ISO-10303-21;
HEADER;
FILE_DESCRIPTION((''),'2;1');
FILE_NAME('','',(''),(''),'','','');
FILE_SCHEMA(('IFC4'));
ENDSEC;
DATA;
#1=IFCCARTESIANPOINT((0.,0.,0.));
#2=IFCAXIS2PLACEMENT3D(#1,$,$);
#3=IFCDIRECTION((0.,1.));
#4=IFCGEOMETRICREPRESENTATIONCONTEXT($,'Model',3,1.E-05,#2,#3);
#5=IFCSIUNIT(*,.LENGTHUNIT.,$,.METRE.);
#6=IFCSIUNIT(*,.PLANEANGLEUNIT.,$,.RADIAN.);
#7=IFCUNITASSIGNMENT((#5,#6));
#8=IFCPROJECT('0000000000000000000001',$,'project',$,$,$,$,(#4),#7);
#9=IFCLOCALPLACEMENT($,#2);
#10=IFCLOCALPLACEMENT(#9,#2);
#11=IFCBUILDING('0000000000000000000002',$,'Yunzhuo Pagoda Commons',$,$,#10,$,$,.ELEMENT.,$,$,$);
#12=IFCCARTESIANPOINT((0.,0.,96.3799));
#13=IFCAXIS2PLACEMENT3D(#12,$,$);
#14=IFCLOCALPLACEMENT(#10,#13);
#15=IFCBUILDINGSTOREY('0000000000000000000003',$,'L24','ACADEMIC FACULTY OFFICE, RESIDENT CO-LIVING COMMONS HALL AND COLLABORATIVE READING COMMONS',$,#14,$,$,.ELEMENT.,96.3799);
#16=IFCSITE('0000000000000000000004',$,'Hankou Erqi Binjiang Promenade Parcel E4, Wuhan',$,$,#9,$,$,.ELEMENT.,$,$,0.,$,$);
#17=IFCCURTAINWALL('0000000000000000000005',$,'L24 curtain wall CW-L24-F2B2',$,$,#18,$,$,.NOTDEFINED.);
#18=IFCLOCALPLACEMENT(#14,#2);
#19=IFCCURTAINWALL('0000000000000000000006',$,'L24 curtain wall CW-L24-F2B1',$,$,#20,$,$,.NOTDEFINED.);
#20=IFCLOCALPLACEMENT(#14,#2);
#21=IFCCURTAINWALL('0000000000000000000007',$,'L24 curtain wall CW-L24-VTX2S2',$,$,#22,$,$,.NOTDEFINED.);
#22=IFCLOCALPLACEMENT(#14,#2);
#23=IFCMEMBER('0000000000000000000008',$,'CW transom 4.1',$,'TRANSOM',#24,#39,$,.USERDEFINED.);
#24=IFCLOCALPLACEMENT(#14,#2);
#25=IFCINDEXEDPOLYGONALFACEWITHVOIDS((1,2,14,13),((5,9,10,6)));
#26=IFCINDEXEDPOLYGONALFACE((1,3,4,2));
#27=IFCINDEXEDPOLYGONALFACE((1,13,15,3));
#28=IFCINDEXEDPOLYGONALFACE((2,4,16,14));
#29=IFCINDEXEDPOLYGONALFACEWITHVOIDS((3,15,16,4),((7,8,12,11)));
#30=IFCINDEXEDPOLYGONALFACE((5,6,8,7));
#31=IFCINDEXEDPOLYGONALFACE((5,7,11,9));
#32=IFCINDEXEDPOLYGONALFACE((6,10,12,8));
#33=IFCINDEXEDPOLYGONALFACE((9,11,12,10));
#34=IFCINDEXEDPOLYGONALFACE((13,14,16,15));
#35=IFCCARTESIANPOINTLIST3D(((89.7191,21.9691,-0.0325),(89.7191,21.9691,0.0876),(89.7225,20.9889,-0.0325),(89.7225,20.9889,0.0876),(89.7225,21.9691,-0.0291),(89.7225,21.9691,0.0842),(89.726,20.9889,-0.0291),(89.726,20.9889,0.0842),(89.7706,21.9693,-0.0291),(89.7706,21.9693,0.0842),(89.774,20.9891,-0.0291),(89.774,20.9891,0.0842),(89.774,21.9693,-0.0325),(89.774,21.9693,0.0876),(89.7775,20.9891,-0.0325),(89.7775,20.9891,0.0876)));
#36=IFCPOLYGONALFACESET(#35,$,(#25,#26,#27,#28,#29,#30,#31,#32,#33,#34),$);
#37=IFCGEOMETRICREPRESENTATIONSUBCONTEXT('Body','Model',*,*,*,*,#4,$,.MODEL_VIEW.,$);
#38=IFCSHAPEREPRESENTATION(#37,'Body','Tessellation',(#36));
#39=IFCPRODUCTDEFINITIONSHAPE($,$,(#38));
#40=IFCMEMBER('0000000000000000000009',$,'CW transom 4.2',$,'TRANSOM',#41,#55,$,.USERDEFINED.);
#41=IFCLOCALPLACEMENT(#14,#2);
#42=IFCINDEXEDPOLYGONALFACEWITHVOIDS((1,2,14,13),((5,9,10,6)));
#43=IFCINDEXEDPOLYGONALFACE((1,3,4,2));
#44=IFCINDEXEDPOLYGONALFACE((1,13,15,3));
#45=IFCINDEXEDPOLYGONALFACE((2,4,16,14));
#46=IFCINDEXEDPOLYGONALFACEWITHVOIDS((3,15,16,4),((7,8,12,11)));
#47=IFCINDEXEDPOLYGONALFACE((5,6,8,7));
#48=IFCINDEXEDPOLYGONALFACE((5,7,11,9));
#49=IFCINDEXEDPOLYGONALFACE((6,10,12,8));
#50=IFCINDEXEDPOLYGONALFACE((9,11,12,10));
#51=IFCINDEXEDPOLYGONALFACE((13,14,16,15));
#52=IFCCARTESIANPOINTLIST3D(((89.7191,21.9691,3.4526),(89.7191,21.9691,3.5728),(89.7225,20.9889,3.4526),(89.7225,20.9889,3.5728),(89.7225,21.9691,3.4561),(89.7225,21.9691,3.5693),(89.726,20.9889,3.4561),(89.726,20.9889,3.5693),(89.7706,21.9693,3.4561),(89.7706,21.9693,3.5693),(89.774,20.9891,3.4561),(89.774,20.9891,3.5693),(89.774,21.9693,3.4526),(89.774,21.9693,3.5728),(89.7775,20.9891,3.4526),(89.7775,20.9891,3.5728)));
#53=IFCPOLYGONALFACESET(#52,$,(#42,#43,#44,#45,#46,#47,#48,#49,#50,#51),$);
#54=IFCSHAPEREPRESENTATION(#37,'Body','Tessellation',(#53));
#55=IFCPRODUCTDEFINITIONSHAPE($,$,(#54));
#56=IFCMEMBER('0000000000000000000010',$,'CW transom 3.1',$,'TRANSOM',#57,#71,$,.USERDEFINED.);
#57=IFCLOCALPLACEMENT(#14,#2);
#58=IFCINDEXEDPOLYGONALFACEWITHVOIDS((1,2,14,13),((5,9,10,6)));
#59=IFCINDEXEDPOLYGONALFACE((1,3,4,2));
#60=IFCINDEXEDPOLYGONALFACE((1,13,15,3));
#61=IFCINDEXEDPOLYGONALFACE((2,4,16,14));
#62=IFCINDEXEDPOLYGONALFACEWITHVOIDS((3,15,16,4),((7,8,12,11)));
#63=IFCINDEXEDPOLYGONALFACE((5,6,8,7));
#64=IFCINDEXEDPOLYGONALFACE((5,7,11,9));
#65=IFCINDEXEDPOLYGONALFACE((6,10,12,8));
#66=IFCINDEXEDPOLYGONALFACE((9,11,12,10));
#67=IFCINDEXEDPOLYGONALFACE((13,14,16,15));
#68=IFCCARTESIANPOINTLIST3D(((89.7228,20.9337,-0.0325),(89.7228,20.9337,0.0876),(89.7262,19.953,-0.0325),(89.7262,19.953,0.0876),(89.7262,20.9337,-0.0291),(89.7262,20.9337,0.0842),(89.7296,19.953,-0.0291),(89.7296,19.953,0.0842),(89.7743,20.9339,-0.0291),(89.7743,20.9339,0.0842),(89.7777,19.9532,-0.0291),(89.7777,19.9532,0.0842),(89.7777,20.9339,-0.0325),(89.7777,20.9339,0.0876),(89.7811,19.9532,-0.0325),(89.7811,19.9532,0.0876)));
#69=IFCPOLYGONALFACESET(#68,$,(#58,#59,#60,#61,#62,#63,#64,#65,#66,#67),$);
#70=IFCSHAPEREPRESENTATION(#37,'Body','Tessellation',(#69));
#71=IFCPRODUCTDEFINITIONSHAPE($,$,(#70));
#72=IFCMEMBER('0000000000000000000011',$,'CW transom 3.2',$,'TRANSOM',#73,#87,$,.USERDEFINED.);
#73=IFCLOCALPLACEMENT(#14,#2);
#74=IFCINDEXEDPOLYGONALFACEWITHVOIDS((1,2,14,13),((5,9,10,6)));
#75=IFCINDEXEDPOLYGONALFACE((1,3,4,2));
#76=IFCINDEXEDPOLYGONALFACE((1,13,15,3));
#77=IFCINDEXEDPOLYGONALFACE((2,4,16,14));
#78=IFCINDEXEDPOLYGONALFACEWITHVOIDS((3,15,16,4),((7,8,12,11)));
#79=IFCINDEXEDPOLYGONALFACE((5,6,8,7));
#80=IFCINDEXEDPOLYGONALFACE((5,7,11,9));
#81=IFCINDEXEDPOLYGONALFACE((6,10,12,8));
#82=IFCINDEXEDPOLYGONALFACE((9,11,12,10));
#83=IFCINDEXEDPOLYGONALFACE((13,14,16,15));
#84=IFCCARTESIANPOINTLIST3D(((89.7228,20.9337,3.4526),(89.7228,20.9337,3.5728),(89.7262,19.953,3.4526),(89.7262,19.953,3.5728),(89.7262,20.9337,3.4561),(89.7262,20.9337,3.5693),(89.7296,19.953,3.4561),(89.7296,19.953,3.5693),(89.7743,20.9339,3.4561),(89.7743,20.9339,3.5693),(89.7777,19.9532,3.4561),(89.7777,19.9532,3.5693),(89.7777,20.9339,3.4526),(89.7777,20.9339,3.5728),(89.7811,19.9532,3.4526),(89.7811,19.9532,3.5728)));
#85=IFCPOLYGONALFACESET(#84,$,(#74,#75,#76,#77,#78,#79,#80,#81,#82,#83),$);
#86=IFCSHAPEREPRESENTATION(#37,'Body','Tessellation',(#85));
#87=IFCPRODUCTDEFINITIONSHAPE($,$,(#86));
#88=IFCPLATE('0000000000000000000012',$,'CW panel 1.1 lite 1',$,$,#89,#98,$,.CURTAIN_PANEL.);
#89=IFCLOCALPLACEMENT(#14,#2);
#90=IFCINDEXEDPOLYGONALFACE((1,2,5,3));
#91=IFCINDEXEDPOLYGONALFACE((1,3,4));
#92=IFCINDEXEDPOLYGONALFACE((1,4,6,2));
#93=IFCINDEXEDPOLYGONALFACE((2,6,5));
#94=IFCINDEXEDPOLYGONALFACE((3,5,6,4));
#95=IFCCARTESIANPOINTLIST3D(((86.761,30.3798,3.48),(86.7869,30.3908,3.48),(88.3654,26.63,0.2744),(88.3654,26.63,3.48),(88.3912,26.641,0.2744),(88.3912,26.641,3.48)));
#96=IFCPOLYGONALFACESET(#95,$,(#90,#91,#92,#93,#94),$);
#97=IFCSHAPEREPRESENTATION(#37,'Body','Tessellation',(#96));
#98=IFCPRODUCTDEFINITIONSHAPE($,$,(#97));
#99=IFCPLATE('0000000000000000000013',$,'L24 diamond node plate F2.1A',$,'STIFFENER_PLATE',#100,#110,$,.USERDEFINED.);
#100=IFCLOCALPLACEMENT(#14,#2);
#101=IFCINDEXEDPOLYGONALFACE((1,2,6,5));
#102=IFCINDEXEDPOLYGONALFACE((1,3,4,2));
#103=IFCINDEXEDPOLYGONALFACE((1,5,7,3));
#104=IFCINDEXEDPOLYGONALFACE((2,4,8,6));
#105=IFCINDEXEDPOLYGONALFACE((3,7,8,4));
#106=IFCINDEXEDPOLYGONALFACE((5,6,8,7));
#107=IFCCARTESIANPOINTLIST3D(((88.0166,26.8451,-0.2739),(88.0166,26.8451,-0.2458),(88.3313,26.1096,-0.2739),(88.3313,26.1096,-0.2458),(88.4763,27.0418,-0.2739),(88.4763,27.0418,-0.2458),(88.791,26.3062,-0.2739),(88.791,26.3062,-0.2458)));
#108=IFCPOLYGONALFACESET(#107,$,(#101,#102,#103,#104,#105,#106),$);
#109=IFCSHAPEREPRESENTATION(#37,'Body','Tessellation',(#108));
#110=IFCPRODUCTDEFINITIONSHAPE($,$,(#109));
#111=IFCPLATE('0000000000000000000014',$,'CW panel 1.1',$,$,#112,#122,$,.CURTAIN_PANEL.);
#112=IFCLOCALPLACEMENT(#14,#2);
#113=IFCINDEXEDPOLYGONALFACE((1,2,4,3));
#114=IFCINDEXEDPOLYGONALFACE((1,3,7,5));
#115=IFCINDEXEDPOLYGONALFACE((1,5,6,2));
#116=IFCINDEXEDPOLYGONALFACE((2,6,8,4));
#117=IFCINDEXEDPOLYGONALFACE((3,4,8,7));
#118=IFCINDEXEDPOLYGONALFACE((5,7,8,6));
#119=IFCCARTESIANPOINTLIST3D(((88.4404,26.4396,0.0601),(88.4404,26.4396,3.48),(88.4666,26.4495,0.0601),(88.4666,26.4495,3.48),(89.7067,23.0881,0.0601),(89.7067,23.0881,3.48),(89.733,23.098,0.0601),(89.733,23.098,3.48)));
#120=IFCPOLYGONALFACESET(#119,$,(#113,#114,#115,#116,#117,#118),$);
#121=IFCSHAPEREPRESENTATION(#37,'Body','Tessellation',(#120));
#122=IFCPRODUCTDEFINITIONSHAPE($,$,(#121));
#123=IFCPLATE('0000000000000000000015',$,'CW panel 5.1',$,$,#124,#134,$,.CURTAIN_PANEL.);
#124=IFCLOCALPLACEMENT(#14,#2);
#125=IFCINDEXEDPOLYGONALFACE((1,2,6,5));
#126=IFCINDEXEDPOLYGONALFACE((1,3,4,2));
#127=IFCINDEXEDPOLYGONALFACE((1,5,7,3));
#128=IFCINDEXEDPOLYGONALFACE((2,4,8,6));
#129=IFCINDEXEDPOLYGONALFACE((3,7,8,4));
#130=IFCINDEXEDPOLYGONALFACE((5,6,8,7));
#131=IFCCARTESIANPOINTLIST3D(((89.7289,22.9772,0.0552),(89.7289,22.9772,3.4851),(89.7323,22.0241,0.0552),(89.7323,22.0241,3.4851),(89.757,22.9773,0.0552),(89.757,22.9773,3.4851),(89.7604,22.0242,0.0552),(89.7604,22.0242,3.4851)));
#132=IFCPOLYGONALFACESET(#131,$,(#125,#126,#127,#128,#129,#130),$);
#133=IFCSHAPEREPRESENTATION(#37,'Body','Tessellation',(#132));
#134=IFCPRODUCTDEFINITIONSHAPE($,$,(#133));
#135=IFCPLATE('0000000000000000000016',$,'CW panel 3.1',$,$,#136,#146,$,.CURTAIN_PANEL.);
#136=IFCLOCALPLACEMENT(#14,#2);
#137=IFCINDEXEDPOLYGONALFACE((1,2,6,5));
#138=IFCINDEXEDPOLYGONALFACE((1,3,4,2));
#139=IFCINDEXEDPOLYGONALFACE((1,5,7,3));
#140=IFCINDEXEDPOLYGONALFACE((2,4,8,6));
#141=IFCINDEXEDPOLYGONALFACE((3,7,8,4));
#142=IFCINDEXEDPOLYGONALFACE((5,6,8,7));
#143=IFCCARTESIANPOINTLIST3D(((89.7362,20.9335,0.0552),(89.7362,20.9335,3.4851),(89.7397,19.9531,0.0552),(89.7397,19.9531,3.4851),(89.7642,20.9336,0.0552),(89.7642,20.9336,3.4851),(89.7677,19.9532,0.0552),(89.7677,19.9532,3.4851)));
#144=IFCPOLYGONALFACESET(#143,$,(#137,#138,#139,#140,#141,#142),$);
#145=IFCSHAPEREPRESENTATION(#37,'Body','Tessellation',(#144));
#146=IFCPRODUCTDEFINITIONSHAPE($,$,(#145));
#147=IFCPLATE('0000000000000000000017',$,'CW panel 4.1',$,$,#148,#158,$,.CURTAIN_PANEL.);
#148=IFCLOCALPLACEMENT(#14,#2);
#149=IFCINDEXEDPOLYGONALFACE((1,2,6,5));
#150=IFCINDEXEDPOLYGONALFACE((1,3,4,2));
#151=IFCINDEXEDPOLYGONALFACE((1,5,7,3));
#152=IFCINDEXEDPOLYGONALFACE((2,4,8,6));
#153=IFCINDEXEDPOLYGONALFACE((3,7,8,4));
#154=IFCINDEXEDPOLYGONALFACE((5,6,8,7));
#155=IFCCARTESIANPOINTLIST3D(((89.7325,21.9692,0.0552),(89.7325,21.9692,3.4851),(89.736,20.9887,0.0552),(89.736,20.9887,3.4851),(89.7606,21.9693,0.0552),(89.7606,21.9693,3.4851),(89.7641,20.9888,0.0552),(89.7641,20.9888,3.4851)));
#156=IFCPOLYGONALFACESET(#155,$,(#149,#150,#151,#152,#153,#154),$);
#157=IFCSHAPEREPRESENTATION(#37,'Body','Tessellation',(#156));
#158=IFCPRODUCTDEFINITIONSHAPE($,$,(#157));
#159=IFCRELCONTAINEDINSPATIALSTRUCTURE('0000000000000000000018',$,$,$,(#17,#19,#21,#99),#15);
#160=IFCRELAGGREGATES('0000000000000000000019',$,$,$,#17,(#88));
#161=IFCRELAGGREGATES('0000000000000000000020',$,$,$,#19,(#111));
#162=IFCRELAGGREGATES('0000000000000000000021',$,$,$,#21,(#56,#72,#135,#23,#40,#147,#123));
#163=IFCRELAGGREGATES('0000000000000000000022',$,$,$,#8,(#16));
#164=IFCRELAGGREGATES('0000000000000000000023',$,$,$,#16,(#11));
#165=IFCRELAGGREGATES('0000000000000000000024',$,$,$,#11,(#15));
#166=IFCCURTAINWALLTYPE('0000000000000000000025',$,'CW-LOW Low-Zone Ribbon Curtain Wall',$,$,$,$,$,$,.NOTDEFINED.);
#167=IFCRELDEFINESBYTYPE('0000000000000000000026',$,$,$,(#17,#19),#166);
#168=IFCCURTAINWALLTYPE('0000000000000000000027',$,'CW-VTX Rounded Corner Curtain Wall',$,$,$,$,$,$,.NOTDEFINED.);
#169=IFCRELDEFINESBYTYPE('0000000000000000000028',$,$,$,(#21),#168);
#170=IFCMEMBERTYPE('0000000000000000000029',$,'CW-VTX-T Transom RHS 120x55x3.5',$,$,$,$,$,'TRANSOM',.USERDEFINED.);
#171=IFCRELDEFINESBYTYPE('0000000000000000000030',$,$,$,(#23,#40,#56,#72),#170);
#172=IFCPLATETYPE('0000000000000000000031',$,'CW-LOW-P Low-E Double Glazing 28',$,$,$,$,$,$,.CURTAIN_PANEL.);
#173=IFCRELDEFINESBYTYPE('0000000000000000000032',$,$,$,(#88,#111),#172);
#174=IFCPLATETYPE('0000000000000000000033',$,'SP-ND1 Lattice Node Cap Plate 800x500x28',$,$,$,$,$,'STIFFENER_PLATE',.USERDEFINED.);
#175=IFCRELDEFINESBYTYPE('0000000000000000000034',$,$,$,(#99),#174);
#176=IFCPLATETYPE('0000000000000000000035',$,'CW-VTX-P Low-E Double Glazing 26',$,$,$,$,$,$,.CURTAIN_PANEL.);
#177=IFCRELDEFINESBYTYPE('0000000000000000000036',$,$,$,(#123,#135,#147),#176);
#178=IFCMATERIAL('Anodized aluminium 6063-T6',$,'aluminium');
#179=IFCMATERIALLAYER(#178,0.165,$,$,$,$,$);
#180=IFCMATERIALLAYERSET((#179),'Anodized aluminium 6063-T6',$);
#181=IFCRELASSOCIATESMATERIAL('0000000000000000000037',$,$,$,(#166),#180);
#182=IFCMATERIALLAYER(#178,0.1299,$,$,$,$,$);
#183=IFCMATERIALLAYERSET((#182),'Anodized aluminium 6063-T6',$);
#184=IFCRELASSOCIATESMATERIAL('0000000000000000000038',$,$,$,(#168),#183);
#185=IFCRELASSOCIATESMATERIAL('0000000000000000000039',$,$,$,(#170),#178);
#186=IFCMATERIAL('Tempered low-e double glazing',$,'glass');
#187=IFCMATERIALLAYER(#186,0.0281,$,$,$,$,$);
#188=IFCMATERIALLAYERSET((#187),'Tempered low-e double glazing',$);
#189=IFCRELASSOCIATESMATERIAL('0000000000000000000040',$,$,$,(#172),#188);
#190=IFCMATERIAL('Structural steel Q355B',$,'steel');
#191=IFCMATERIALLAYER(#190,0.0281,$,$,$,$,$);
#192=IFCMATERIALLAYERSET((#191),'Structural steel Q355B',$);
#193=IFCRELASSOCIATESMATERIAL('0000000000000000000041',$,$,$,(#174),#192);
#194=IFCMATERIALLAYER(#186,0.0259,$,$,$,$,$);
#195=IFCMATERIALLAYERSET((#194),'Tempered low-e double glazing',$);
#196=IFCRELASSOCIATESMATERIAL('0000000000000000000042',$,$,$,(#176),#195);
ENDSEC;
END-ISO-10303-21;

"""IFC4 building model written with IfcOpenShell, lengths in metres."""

from ifc_helpers import new_model, si_unit, direction, frame, origin, origin_2d, place, context, subcontext, project, spatial, polyline, rectangle, hollow_rectangle, outline, extrude, source, transform, mapped, material, layer, layer_set, material_profile, profile_set, type_object, element, aggregate, save


model = new_model("IFC4")

# Units and contexts
model_context = context("Model", 3, precision=1e-05, world=origin(), true_north=direction((0.0, 1.0)))
body_context = subcontext(model_context, "Body", "Model", "MODEL_VIEW")
ifc_project = project(units=[si_unit("LENGTHUNIT", "METRE"), si_unit("PLANEANGLEUNIT", "RADIAN")], contexts=[model_context])

# Site, building, storey
site_placement = place(None, origin())
site = spatial("IfcSite", under=ifc_project, at=site_placement, Name="Hankou Erqi Binjiang Promenade Parcel E4, Wuhan", CompositionType="ELEMENT", RefElevation=0.0)
building_placement = place(site_placement, origin())
building = spatial("IfcBuilding", under=site, at=building_placement, Name="Yunzhuo Pagoda Commons", CompositionType="ELEMENT")
storey_placement = place(building_placement, frame((0.0, 0.0, 96.3799)))
storey = spatial("IfcBuildingStorey", under=building, at=storey_placement, Name="L24", Description="ACADEMIC FACULTY OFFICE, RESIDENT CO-LIVING COMMONS HALL AND COLLABORATIVE READING COMMONS", CompositionType="ELEMENT", Elevation=96.3799)

# Shared definitions
ifc_material_1 = material(Name="Structural steel Q355B", Category="steel")

# Curtain wall
ifc_material_2 = material(Name="Anodized aluminium 6063-T6", Category="aluminium")
ifc_layer_1 = layer(ifc_material_2, 0.165)
ifc_layer_set_1 = layer_set([ifc_layer_1], Name="Anodized aluminium 6063-T6")
curtain_wall_type_1 = type_object("IfcCurtainWallType", Name="CW-LOW Low-Zone Ribbon Curtain Wall", PredefinedType="NOTDEFINED", material=ifc_layer_set_1)
curtain_wall_1_placement = place(storey_placement, origin())
curtain_wall_1 = element("IfcCurtainWall", 1, at=curtain_wall_1_placement, inside=storey, type_object=curtain_wall_type_1, Name="L24 curtain wall CW-L24-F2B2", PredefinedType="NOTDEFINED")

# Curtain wall
curtain_wall_2_placement = place(storey_placement, origin())
curtain_wall_2 = element("IfcCurtainWall", 2, at=curtain_wall_2_placement, inside=storey, type_object=curtain_wall_type_1, Name="L24 curtain wall CW-L24-F2B1", PredefinedType="NOTDEFINED")

# Curtain wall, members
ifc_layer_2 = layer(ifc_material_2, 0.1299)
ifc_layer_set_2 = layer_set([ifc_layer_2], Name="Anodized aluminium 6063-T6")
curtain_wall_type_2 = type_object("IfcCurtainWallType", Name="CW-VTX Rounded Corner Curtain Wall", PredefinedType="NOTDEFINED", material=ifc_layer_set_2)
curtain_wall_3_placement = place(storey_placement, origin())
curtain_wall_3 = element("IfcCurtainWall", 3, at=curtain_wall_3_placement, inside=storey, type_object=curtain_wall_type_2, Name="L24 curtain wall CW-L24-VTX2S2", PredefinedType="NOTDEFINED")
ifc_material_profile_1 = material_profile(ifc_material_2, hollow_rectangle(XDim=0.0549, YDim=0.1201, WallThickness=0.0034, at=origin_2d()), Name="Anodized aluminium 6063-T6")
ifc_profile_set_1 = profile_set([ifc_material_profile_1], Name="Anodized aluminium 6063-T6")
member_type_1 = type_object("IfcMemberType", Name="CW-VTX-T Transom RHS 120x55x3.5", ElementType="TRANSOM", PredefinedType="USERDEFINED", material=ifc_profile_set_1)
shared_shape_1 = source(origin(), body_context, "Body", "SweptSolid", [
    extrude(hollow_rectangle(XDim=0.0549, YDim=0.1201, WallThickness=0.0034, at=origin_2d()), origin(), (0.0, 0.0, 1.0), 0.9802),
])
member_1_placement = place(storey_placement, frame((89.75, 20.989, 0.0276), z_axis=(-0.003487, 0.999994, 0.0), x_axis=(-0.999994, -0.003487, 0.0)))
member_1 = element("IfcMember", 4, at=member_1_placement, type_object=member_type_1, Name="CW transom 4.1", ObjectType="TRANSOM", PredefinedType="USERDEFINED", context=body_context, shape_type="MappedRepresentation", body=[
    mapped(shared_shape_1, transform((0.0, 0.0, 0.0), scale=1.0)),
])
member_2_placement = place(storey_placement, frame((89.75, 20.989, 3.5127), z_axis=(-0.003487, 0.999994, 0.0), x_axis=(-0.999994, -0.003487, 0.0)))
member_2 = element("IfcMember", 5, at=member_2_placement, type_object=member_type_1, Name="CW transom 4.2", ObjectType="TRANSOM", PredefinedType="USERDEFINED", context=body_context, shape_type="MappedRepresentation", body=[
    mapped(shared_shape_1, transform((0.0, 0.0, 0.0), scale=1.0)),
])
shared_shape_2 = source(origin(), body_context, "Body", "SweptSolid", [
    extrude(hollow_rectangle(XDim=0.0549, YDim=0.1201, WallThickness=0.0034, at=origin_2d()), origin(), (0.0, 0.0, 1.0), 0.9807),
])
member_3_placement = place(storey_placement, frame((89.7537, 19.9531, 0.0276), z_axis=(-0.003485, 0.999994, 0.0), x_axis=(-0.999994, -0.003485, 0.0)))
member_3 = element("IfcMember", 6, at=member_3_placement, type_object=member_type_1, Name="CW transom 3.1", ObjectType="TRANSOM", PredefinedType="USERDEFINED", context=body_context, shape_type="MappedRepresentation", body=[
    mapped(shared_shape_2, transform((0.0, 0.0, 0.0), scale=1.0)),
])
member_4_placement = place(storey_placement, frame((89.7537, 19.9531, 3.5127), z_axis=(-0.003485, 0.999994, 0.0), x_axis=(-0.999994, -0.003485, 0.0)))
member_4 = element("IfcMember", 7, at=member_4_placement, type_object=member_type_1, Name="CW transom 3.2", ObjectType="TRANSOM", PredefinedType="USERDEFINED", context=body_context, shape_type="MappedRepresentation", body=[
    mapped(shared_shape_2, transform((0.0, 0.0, 0.0), scale=1.0)),
])

# Plates
ifc_material_3 = material(Name="Tempered low-e double glazing", Category="glass")
ifc_layer_3 = layer(ifc_material_3, 0.0281)
ifc_layer_set_3 = layer_set([ifc_layer_3], Name="Tempered low-e double glazing")
plate_type_1 = type_object("IfcPlateType", Name="CW-LOW-P Low-E Double Glazing 28", PredefinedType="CURTAIN_PANEL", material=ifc_layer_set_3)
plate_1_placement = place(storey_placement, frame((87.5632, 28.5049, 1.8772), z_axis=(0.919383, 0.393364, 0.0), x_axis=(-0.393364, 0.919383, 0.0)))
plate_1 = element("IfcPlate", 8, at=plate_1_placement, type_object=plate_type_1, Name="CW panel 1.1 lite 1", PredefinedType="CURTAIN_PANEL", context=body_context, shape_type="SweptSolid", body=[
    extrude(outline(polyline([(-2.0393, -1.6028), (2.0393, 1.6028), (-2.0393, 1.6028), (-2.0393, -1.6028)])), origin(), (0.0, 0.0, 1.0), 0.0281),
])
aggregate(curtain_wall_1, [plate_1])
ifc_layer_4 = layer(ifc_material_1, 0.0281)
ifc_layer_set_4 = layer_set([ifc_layer_4], Name="Structural steel Q355B")
plate_type_2 = type_object("IfcPlateType", Name="SP-ND1 Lattice Node Cap Plate 800x500x28", ElementType="STIFFENER_PLATE", PredefinedType="USERDEFINED", material=ifc_layer_set_4)
shared_shape_3 = source(origin(), body_context, "Body", "SweptSolid", [
    extrude(rectangle(XDim=0.8, YDim=0.5, at=origin_2d()), origin(), (0.0, 0.0, 1.0), 0.0281),
])
plate_2_placement = place(storey_placement, frame((88.4038, 26.5757, -0.2739), z_axis=(0.0, 0.0, 1.0), x_axis=(-0.393364, 0.919383, 0.0)))
element("IfcPlate", 9, at=plate_2_placement, inside=storey, type_object=plate_type_2, Name="L24 diamond node plate F2.1A", ObjectType="STIFFENER_PLATE", PredefinedType="USERDEFINED", context=body_context, shape_type="MappedRepresentation", body=[
    mapped(shared_shape_3, transform((0.0, 0.0, 0.0), scale=1.0)),
])
shared_shape_4 = source(origin(), body_context, "Body", "SweptSolid", [
    extrude(rectangle(XDim=3.5828, YDim=0.0281, at=origin_2d()), origin(), (0.0, 0.0, 1.0), 3.4199),
])
plate_3_placement = place(storey_placement, frame((89.0867, 24.7688, 0.0601), z_axis=(0.0, 0.0, 1.0), x_axis=(-0.353448, 0.935454, 0.0)))
plate_3 = element("IfcPlate", 10, at=plate_3_placement, type_object=plate_type_1, Name="CW panel 1.1", PredefinedType="CURTAIN_PANEL", context=body_context, shape_type="MappedRepresentation", body=[
    mapped(shared_shape_4, transform((0.0, 0.0, 0.0), scale=1.0)),
])
aggregate(curtain_wall_2, [plate_3])
ifc_layer_5 = layer(ifc_material_3, 0.0259)
ifc_layer_set_5 = layer_set([ifc_layer_5], Name="Tempered low-e double glazing")
plate_type_3 = type_object("IfcPlateType", Name="CW-VTX-P Low-E Double Glazing 26", PredefinedType="CURTAIN_PANEL", material=ifc_layer_set_5)
shared_shape_5 = source(origin(), body_context, "Body", "SweptSolid", [
    extrude(rectangle(XDim=0.9531, YDim=0.0281, at=origin_2d()), origin(), (0.0, 0.0, 1.0), 3.4299),
])
plate_4_placement = place(storey_placement, frame((89.7446, 22.5007, 0.0552), z_axis=(0.0, 0.0, 1.0), x_axis=(-0.003573, 0.999994, 0.0)))
plate_4 = element("IfcPlate", 11, at=plate_4_placement, type_object=plate_type_3, Name="CW panel 5.1", PredefinedType="CURTAIN_PANEL", context=body_context, shape_type="MappedRepresentation", body=[
    mapped(shared_shape_5, transform((0.0, 0.0, 0.0), scale=1.0)),
])
shared_shape_6 = source(origin(), body_context, "Body", "SweptSolid", [
    extrude(rectangle(XDim=0.9805, YDim=0.0281, at=origin_2d()), origin(), (0.0, 0.0, 1.0), 3.4299),
])
plate_5_placement = place(storey_placement, frame((89.752, 20.4434, 0.0552), z_axis=(0.0, 0.0, 1.0), x_axis=(-0.003573, 0.999994, 0.0)))
plate_5 = element("IfcPlate", 12, at=plate_5_placement, type_object=plate_type_3, Name="CW panel 3.1", PredefinedType="CURTAIN_PANEL", context=body_context, shape_type="MappedRepresentation", body=[
    mapped(shared_shape_6, transform((0.0, 0.0, 0.0), scale=1.0)),
])
plate_6_placement = place(storey_placement, frame((89.7483, 21.479, 0.0552), z_axis=(0.0, 0.0, 1.0), x_axis=(-0.003573, 0.999994, 0.0)))
plate_6 = element("IfcPlate", 13, at=plate_6_placement, type_object=plate_type_3, Name="CW panel 4.1", PredefinedType="CURTAIN_PANEL", context=body_context, shape_type="MappedRepresentation", body=[
    mapped(shared_shape_6, transform((0.0, 0.0, 0.0), scale=1.0)),
])
aggregate(curtain_wall_3, [member_3, member_4, plate_5, member_1, member_2, plate_6, plate_4])

save(model, "model.ifc")
